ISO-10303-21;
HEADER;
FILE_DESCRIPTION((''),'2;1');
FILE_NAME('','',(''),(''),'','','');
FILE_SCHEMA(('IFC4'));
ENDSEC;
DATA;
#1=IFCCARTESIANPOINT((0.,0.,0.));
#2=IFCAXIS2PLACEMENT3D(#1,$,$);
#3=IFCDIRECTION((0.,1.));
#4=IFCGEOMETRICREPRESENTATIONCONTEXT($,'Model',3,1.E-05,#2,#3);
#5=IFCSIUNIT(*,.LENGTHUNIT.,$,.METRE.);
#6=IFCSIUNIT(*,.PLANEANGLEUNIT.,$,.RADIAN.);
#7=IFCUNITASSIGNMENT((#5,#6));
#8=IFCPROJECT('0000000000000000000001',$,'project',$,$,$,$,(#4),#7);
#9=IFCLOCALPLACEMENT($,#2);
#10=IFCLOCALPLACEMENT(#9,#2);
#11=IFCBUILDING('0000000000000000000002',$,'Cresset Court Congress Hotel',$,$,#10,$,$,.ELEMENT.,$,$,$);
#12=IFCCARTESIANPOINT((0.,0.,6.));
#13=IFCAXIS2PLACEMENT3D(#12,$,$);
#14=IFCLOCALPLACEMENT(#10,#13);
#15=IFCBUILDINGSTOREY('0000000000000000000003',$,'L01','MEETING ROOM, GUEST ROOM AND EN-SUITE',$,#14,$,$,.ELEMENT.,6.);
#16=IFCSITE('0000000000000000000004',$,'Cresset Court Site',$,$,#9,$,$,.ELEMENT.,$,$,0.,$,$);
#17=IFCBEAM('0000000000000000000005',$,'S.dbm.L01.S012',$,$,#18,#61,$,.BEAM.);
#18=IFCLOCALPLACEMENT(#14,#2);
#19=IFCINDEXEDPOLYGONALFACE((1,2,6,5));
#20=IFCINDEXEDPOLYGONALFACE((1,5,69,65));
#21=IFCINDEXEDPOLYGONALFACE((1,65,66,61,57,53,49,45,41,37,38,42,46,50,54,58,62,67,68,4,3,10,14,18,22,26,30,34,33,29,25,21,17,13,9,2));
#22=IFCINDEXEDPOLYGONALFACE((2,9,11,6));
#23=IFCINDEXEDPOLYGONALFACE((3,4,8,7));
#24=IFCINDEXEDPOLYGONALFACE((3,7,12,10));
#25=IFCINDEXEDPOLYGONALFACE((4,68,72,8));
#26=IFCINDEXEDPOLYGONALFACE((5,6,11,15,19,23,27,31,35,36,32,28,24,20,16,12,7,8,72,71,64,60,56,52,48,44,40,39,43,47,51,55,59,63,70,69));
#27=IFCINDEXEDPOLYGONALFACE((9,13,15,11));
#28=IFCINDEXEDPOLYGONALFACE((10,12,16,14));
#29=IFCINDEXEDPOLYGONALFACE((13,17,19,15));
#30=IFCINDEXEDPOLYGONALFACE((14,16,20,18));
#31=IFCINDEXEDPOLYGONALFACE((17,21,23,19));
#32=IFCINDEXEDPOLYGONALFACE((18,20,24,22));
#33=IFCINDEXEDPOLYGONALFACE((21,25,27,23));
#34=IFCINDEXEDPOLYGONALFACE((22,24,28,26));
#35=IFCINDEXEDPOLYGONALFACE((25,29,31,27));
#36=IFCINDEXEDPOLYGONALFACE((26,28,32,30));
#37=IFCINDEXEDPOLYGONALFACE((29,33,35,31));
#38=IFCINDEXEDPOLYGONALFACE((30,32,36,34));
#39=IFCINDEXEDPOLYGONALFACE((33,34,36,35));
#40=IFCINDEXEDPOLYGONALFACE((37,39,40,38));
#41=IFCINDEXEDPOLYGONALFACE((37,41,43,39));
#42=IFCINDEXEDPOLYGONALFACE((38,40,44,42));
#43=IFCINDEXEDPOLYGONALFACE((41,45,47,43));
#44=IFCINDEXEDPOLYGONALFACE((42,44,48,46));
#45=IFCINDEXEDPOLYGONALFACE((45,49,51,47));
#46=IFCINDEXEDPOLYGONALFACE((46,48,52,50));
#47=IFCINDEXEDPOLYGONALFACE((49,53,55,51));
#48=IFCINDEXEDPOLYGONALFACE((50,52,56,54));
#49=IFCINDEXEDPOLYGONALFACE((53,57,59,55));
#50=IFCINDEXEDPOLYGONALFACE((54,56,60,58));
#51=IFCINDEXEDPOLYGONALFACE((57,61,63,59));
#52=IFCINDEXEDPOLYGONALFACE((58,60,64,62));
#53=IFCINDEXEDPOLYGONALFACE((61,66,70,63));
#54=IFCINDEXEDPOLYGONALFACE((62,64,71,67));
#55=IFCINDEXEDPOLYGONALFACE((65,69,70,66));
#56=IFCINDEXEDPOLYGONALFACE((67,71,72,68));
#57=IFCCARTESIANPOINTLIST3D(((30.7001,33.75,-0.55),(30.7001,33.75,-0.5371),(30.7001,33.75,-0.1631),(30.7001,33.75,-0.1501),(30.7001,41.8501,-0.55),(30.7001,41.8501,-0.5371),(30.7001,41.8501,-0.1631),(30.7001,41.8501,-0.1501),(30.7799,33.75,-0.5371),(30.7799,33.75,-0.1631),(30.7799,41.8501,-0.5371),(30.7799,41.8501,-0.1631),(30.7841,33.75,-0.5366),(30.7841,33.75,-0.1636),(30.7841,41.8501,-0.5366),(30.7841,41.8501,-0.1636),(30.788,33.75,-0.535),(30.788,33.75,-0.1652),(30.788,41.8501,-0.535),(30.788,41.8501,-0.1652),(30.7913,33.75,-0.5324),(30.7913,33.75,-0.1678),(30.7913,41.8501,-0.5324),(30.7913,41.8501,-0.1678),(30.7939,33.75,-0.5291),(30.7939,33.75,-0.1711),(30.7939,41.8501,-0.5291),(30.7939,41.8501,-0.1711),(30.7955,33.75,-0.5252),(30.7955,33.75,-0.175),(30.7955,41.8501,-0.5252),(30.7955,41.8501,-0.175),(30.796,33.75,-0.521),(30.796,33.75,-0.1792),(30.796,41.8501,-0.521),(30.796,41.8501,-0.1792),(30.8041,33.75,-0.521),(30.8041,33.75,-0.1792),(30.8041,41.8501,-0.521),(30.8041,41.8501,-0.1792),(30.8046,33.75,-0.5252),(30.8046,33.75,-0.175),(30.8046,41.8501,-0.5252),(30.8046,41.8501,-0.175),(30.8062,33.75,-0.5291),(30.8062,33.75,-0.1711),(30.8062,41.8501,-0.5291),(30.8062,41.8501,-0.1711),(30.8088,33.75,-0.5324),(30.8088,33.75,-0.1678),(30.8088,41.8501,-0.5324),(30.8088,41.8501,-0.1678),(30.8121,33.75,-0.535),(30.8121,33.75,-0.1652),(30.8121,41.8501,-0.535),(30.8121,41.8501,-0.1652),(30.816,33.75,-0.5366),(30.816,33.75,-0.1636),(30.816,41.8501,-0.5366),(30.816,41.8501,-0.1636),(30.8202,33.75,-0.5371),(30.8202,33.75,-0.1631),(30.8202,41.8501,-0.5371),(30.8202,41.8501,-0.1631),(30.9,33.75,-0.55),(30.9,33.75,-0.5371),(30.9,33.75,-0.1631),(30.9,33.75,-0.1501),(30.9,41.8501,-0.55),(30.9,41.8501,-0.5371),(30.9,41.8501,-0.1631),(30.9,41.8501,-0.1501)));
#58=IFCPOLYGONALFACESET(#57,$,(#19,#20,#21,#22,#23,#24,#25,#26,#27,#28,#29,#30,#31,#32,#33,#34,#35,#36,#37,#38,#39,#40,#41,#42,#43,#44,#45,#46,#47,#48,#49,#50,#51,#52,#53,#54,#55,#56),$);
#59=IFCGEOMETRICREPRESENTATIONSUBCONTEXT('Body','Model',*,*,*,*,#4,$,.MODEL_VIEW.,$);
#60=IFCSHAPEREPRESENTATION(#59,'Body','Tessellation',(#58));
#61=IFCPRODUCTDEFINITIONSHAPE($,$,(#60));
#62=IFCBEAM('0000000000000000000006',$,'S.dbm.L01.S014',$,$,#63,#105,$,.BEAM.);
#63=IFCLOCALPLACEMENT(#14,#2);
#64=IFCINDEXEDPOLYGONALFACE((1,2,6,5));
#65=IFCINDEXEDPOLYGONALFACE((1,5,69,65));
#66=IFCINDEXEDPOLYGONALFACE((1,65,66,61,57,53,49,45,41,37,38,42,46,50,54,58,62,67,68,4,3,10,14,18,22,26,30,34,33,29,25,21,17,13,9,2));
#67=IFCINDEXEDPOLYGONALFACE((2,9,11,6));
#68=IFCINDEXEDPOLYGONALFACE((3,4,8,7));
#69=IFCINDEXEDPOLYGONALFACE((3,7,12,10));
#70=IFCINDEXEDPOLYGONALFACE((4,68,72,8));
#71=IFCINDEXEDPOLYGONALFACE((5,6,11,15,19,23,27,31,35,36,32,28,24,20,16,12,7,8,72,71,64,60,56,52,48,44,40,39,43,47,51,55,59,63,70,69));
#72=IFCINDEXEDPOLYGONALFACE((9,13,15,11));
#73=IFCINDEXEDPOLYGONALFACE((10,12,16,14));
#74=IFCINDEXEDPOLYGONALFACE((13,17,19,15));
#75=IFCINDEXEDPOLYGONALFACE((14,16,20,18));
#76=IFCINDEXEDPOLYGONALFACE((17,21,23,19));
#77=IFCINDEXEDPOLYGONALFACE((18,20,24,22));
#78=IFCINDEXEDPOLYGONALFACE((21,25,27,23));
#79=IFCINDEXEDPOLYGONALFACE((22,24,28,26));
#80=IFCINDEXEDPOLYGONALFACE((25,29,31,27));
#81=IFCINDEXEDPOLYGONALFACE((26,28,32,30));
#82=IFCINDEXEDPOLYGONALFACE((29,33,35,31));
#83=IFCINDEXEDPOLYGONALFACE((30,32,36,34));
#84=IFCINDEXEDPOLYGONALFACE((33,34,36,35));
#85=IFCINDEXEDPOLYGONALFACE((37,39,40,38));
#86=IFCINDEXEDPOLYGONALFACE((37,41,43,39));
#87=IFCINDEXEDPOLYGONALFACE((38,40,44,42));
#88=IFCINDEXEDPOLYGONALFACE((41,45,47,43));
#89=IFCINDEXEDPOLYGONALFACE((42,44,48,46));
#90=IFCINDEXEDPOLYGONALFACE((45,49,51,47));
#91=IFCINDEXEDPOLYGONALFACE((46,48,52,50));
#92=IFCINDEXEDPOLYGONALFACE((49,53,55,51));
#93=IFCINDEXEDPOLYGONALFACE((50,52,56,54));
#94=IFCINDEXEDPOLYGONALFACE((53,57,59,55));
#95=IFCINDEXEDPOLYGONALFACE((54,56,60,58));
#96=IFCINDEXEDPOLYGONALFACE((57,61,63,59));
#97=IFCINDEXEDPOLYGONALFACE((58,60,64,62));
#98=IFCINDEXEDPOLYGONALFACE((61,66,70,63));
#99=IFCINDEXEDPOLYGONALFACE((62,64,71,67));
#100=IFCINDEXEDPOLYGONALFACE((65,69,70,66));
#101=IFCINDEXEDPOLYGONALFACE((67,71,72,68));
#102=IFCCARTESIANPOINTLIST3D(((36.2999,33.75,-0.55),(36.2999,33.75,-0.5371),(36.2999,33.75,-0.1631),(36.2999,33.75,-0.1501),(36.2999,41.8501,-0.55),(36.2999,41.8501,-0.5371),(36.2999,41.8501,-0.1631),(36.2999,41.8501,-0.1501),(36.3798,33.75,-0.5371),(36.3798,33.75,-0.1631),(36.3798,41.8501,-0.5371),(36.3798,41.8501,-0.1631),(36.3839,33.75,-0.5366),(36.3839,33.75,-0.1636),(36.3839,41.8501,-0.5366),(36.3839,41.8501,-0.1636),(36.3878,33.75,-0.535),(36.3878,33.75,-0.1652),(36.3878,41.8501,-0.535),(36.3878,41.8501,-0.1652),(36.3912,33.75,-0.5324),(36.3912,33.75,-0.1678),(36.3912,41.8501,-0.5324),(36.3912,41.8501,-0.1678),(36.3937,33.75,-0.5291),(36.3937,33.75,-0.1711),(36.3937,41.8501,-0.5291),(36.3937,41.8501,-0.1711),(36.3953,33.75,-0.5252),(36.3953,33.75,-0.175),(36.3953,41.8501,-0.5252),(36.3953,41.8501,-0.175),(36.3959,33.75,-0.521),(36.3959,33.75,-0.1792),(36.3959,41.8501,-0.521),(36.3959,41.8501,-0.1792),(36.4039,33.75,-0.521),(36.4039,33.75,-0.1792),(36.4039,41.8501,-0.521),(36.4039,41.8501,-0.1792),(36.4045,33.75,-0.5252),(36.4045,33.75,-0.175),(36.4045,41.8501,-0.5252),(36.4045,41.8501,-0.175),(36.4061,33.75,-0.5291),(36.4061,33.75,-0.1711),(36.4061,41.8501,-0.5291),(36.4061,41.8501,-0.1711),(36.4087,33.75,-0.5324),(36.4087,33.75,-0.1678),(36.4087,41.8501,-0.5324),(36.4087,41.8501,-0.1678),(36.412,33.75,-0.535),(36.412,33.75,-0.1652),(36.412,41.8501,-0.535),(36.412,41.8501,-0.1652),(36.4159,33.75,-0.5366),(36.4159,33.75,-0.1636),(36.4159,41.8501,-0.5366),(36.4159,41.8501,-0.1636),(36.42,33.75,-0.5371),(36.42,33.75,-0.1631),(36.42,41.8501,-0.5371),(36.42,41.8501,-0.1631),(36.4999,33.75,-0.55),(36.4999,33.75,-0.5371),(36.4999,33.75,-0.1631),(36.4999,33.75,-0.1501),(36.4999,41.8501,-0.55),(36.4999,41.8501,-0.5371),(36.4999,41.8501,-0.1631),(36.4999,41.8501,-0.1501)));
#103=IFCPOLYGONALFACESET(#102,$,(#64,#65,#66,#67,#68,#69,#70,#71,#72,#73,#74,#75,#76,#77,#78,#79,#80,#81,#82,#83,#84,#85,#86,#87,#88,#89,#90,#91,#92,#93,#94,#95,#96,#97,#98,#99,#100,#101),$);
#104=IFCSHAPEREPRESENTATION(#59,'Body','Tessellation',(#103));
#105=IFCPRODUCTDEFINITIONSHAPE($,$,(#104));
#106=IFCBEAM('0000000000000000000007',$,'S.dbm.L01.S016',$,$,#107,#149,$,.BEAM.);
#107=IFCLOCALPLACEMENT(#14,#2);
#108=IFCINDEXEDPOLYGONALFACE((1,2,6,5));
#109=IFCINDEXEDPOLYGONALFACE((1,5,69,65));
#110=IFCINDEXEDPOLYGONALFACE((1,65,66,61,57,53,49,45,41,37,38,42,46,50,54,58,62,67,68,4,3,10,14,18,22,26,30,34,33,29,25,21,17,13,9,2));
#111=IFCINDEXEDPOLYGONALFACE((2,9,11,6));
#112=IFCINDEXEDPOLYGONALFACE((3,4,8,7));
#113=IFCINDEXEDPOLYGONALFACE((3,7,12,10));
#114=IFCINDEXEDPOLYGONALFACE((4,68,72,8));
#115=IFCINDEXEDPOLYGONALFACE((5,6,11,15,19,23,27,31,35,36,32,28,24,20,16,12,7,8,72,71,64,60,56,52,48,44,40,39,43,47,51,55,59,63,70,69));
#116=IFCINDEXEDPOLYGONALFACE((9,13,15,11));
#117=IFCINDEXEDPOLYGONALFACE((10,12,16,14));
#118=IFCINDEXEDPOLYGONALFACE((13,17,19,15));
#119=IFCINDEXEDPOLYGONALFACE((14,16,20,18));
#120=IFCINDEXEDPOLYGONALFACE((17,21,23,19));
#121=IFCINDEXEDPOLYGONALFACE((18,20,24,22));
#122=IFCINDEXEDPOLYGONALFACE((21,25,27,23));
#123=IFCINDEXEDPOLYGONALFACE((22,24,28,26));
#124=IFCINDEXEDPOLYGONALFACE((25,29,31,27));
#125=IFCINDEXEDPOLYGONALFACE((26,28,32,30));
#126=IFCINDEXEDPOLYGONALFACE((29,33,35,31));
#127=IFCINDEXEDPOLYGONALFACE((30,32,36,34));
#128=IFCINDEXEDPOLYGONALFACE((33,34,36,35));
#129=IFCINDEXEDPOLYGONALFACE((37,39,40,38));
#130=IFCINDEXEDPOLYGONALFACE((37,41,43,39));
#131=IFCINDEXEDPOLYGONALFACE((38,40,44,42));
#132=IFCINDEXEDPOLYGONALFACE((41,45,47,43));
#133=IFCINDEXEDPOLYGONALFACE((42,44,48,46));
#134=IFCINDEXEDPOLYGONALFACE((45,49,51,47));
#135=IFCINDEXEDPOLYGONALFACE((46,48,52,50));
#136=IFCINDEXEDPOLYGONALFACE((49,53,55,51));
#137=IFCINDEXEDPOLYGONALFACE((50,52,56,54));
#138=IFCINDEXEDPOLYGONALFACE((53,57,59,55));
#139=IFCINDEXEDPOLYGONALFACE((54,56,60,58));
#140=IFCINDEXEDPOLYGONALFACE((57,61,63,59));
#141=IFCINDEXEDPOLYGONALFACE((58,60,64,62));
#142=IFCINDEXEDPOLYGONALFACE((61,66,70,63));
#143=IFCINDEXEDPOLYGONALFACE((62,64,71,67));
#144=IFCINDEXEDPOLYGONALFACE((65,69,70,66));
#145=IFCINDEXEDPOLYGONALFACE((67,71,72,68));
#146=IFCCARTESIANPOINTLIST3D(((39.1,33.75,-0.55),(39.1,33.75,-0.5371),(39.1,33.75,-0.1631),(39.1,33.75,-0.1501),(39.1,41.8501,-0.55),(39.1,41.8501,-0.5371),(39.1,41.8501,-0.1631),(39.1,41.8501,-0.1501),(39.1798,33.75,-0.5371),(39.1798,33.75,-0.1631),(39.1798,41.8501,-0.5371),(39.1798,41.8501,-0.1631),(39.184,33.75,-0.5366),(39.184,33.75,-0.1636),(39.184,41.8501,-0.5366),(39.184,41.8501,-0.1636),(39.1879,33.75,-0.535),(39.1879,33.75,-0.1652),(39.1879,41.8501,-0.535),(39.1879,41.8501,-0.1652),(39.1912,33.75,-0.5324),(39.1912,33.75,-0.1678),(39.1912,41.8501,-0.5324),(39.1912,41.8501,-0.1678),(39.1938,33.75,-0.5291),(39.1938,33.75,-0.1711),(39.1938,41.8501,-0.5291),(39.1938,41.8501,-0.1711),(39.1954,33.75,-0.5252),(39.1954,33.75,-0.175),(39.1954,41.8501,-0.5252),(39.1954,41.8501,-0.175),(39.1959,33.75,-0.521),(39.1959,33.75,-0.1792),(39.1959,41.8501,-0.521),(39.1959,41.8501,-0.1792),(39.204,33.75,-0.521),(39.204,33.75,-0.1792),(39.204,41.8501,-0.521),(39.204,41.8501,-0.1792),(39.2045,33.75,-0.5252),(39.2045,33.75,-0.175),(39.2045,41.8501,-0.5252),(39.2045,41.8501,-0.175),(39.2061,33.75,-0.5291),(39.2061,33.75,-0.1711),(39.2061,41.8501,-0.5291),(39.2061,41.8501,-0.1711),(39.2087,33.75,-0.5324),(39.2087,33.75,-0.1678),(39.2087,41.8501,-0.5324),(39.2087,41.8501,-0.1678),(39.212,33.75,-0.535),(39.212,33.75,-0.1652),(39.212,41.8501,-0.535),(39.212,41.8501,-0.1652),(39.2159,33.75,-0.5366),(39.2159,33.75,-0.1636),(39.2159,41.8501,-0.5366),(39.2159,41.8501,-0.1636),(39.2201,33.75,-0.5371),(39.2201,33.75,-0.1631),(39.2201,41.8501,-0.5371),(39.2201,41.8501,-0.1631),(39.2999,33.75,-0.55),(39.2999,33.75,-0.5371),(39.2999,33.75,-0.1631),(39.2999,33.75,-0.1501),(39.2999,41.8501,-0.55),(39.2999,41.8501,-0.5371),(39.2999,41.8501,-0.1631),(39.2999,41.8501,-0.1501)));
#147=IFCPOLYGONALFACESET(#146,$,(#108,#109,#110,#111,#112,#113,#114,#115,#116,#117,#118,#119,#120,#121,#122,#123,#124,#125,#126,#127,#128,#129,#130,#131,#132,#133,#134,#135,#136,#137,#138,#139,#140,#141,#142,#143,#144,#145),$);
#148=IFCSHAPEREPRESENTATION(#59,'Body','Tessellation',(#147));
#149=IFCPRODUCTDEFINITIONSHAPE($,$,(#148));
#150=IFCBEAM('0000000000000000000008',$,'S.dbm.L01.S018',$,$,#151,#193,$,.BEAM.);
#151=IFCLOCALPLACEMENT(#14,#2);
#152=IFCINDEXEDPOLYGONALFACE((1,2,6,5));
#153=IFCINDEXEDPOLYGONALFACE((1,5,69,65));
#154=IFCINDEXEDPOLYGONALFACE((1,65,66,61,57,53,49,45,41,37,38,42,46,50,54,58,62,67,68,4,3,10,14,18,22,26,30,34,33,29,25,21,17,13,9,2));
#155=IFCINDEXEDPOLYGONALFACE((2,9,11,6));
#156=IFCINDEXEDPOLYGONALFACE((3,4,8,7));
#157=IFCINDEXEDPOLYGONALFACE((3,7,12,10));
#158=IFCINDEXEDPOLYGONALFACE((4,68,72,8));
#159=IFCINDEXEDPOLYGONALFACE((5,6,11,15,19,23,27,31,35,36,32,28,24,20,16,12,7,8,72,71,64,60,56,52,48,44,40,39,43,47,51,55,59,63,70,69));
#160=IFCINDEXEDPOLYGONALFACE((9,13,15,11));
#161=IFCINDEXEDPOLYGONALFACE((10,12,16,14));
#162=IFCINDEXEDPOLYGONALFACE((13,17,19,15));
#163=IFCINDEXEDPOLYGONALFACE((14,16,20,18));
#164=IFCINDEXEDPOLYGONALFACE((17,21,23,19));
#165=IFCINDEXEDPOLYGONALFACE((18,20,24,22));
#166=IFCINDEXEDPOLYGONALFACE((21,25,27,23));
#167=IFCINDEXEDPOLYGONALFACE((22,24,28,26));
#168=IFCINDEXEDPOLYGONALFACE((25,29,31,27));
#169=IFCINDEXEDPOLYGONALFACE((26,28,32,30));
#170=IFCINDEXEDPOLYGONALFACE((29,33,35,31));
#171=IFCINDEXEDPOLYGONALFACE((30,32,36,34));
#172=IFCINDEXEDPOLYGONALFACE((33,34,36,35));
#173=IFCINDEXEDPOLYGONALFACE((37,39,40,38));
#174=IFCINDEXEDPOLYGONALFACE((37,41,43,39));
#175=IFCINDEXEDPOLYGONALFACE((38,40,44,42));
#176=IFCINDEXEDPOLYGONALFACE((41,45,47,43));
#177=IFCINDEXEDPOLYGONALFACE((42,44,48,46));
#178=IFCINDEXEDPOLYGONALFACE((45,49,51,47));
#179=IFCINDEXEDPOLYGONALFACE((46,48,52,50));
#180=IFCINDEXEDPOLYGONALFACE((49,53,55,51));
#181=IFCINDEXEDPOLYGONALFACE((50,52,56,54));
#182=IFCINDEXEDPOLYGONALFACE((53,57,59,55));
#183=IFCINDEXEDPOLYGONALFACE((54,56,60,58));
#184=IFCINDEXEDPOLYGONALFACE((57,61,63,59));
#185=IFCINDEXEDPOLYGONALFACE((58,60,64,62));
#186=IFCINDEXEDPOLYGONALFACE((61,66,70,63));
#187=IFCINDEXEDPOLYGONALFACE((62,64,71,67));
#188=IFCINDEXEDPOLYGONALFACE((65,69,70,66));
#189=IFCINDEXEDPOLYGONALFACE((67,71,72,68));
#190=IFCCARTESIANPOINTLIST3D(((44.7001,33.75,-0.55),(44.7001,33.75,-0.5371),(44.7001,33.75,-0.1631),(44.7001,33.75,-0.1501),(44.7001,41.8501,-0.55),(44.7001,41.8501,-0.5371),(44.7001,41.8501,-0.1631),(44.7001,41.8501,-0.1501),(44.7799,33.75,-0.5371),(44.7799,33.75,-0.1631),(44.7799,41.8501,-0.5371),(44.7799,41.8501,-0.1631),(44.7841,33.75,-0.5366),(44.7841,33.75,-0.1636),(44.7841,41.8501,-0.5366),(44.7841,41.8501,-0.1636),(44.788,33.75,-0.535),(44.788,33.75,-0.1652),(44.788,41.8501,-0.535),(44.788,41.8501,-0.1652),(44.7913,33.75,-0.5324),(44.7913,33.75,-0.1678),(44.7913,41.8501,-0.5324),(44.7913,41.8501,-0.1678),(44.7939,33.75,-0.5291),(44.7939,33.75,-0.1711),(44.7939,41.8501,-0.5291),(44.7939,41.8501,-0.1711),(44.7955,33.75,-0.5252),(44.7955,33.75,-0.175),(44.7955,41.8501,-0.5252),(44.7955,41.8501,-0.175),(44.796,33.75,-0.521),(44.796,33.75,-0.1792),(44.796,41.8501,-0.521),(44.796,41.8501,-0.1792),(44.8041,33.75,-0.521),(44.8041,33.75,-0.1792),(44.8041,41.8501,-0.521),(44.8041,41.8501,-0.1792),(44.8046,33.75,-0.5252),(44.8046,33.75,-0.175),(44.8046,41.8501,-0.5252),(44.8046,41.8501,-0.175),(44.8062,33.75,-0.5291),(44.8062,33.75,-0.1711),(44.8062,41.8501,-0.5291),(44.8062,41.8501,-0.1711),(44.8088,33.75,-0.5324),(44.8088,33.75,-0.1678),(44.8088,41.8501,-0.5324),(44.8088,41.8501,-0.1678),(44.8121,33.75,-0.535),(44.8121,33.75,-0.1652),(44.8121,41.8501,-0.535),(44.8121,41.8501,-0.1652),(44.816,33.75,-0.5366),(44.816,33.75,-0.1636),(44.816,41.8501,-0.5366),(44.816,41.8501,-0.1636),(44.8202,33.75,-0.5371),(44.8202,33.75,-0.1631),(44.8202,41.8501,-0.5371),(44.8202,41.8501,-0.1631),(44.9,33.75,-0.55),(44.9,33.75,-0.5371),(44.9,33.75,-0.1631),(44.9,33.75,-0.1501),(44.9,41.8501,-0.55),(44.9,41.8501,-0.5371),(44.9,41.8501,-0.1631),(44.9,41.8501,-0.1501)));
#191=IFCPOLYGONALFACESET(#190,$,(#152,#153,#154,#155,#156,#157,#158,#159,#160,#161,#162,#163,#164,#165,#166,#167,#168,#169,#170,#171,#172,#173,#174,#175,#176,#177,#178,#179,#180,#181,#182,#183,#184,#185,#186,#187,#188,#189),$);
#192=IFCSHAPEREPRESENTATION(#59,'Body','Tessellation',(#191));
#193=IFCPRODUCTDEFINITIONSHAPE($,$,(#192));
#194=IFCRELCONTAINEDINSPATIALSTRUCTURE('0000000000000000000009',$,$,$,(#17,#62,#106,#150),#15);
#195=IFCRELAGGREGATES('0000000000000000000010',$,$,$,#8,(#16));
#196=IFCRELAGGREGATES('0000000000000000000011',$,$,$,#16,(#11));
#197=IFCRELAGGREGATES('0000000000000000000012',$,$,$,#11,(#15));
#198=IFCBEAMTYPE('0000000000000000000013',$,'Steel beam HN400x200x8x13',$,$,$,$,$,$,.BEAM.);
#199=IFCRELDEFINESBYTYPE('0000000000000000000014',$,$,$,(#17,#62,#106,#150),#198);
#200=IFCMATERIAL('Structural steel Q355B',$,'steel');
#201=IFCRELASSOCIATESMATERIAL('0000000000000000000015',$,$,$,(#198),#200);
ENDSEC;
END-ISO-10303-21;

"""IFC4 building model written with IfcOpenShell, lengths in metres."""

from ifc_helpers import new_model, si_unit, direction, frame, origin, origin_2d, place, context, subcontext, project, spatial, i_section, extrude, material, material_profile, profile_set, type_object, element, save


model = new_model("IFC4")

# Units and contexts
model_context = context("Model", 3, precision=1e-05, world=origin(), true_north=direction((0.0, 1.0)))
body_context = subcontext(model_context, "Body", "Model", "MODEL_VIEW")
ifc_project = project(units=[si_unit("LENGTHUNIT", "METRE"), si_unit("PLANEANGLEUNIT", "RADIAN")], contexts=[model_context])

# Site, building, storey
site_placement = place(None, origin())
site = spatial("IfcSite", under=ifc_project, at=site_placement, Name="Cresset Court Site", CompositionType="ELEMENT", RefElevation=0.0)
building_placement = place(site_placement, origin())
building = spatial("IfcBuilding", under=site, at=building_placement, Name="Cresset Court Congress Hotel", CompositionType="ELEMENT")
storey_placement = place(building_placement, frame((0.0, 0.0, 6.0)))
storey = spatial("IfcBuildingStorey", under=building, at=storey_placement, Name="L01", Description="MEETING ROOM, GUEST ROOM AND EN-SUITE", CompositionType="ELEMENT", Elevation=6.0)

# Beams
ifc_material_1 = material(Name="Structural steel Q355B", Category="steel")
ifc_material_profile_1 = material_profile(ifc_material_1, i_section(OverallWidth=0.2, OverallDepth=0.3999, WebThickness=0.0081, FlangeThickness=0.0129, FilletRadius=0.0161, at=origin_2d()), Name="HN400x200x8x13")
ifc_profile_set_1 = profile_set([ifc_material_profile_1], Name="Structural steel Q355B")
beam_type_1 = type_object("IfcBeamType", Name="Steel beam HN400x200x8x13", PredefinedType="BEAM", material=ifc_profile_set_1)
for number, where, z_axis, x_axis, name in (
    (1, (30.8, 33.75, -0.3501), (0.0, 1.0, 0.0), (-1.0, 0.0, 0.0), "S.dbm.L01.S012"),
    (2, (36.3999, 33.75, -0.3501), (0.0, 1.0, 0.0), (-1.0, 0.0, 0.0), "S.dbm.L01.S014"),
    (3, (39.2, 33.75, -0.3501), (0.0, 1.0, 0.0), (-1.0, 0.0, 0.0), "S.dbm.L01.S016"),
    (4, (44.8, 33.75, -0.3501), (0.0, 1.0, 0.0), (-1.0, 0.0, 0.0), "S.dbm.L01.S018"),
):
    element("IfcBeam", number, at=place(storey_placement, frame(where, z_axis=z_axis, x_axis=x_axis)), inside=storey, type_object=beam_type_1, Name=name, PredefinedType="BEAM", context=body_context, shape_type="SweptSolid", body=[
        extrude(i_section(OverallWidth=0.2, OverallDepth=0.3999, WebThickness=0.0081, FlangeThickness=0.0129, FilletRadius=0.0161, at=origin_2d()), origin(), (0.0, 0.0, 1.0), 8.1001),
    ])

save(model, "model.ifc")
